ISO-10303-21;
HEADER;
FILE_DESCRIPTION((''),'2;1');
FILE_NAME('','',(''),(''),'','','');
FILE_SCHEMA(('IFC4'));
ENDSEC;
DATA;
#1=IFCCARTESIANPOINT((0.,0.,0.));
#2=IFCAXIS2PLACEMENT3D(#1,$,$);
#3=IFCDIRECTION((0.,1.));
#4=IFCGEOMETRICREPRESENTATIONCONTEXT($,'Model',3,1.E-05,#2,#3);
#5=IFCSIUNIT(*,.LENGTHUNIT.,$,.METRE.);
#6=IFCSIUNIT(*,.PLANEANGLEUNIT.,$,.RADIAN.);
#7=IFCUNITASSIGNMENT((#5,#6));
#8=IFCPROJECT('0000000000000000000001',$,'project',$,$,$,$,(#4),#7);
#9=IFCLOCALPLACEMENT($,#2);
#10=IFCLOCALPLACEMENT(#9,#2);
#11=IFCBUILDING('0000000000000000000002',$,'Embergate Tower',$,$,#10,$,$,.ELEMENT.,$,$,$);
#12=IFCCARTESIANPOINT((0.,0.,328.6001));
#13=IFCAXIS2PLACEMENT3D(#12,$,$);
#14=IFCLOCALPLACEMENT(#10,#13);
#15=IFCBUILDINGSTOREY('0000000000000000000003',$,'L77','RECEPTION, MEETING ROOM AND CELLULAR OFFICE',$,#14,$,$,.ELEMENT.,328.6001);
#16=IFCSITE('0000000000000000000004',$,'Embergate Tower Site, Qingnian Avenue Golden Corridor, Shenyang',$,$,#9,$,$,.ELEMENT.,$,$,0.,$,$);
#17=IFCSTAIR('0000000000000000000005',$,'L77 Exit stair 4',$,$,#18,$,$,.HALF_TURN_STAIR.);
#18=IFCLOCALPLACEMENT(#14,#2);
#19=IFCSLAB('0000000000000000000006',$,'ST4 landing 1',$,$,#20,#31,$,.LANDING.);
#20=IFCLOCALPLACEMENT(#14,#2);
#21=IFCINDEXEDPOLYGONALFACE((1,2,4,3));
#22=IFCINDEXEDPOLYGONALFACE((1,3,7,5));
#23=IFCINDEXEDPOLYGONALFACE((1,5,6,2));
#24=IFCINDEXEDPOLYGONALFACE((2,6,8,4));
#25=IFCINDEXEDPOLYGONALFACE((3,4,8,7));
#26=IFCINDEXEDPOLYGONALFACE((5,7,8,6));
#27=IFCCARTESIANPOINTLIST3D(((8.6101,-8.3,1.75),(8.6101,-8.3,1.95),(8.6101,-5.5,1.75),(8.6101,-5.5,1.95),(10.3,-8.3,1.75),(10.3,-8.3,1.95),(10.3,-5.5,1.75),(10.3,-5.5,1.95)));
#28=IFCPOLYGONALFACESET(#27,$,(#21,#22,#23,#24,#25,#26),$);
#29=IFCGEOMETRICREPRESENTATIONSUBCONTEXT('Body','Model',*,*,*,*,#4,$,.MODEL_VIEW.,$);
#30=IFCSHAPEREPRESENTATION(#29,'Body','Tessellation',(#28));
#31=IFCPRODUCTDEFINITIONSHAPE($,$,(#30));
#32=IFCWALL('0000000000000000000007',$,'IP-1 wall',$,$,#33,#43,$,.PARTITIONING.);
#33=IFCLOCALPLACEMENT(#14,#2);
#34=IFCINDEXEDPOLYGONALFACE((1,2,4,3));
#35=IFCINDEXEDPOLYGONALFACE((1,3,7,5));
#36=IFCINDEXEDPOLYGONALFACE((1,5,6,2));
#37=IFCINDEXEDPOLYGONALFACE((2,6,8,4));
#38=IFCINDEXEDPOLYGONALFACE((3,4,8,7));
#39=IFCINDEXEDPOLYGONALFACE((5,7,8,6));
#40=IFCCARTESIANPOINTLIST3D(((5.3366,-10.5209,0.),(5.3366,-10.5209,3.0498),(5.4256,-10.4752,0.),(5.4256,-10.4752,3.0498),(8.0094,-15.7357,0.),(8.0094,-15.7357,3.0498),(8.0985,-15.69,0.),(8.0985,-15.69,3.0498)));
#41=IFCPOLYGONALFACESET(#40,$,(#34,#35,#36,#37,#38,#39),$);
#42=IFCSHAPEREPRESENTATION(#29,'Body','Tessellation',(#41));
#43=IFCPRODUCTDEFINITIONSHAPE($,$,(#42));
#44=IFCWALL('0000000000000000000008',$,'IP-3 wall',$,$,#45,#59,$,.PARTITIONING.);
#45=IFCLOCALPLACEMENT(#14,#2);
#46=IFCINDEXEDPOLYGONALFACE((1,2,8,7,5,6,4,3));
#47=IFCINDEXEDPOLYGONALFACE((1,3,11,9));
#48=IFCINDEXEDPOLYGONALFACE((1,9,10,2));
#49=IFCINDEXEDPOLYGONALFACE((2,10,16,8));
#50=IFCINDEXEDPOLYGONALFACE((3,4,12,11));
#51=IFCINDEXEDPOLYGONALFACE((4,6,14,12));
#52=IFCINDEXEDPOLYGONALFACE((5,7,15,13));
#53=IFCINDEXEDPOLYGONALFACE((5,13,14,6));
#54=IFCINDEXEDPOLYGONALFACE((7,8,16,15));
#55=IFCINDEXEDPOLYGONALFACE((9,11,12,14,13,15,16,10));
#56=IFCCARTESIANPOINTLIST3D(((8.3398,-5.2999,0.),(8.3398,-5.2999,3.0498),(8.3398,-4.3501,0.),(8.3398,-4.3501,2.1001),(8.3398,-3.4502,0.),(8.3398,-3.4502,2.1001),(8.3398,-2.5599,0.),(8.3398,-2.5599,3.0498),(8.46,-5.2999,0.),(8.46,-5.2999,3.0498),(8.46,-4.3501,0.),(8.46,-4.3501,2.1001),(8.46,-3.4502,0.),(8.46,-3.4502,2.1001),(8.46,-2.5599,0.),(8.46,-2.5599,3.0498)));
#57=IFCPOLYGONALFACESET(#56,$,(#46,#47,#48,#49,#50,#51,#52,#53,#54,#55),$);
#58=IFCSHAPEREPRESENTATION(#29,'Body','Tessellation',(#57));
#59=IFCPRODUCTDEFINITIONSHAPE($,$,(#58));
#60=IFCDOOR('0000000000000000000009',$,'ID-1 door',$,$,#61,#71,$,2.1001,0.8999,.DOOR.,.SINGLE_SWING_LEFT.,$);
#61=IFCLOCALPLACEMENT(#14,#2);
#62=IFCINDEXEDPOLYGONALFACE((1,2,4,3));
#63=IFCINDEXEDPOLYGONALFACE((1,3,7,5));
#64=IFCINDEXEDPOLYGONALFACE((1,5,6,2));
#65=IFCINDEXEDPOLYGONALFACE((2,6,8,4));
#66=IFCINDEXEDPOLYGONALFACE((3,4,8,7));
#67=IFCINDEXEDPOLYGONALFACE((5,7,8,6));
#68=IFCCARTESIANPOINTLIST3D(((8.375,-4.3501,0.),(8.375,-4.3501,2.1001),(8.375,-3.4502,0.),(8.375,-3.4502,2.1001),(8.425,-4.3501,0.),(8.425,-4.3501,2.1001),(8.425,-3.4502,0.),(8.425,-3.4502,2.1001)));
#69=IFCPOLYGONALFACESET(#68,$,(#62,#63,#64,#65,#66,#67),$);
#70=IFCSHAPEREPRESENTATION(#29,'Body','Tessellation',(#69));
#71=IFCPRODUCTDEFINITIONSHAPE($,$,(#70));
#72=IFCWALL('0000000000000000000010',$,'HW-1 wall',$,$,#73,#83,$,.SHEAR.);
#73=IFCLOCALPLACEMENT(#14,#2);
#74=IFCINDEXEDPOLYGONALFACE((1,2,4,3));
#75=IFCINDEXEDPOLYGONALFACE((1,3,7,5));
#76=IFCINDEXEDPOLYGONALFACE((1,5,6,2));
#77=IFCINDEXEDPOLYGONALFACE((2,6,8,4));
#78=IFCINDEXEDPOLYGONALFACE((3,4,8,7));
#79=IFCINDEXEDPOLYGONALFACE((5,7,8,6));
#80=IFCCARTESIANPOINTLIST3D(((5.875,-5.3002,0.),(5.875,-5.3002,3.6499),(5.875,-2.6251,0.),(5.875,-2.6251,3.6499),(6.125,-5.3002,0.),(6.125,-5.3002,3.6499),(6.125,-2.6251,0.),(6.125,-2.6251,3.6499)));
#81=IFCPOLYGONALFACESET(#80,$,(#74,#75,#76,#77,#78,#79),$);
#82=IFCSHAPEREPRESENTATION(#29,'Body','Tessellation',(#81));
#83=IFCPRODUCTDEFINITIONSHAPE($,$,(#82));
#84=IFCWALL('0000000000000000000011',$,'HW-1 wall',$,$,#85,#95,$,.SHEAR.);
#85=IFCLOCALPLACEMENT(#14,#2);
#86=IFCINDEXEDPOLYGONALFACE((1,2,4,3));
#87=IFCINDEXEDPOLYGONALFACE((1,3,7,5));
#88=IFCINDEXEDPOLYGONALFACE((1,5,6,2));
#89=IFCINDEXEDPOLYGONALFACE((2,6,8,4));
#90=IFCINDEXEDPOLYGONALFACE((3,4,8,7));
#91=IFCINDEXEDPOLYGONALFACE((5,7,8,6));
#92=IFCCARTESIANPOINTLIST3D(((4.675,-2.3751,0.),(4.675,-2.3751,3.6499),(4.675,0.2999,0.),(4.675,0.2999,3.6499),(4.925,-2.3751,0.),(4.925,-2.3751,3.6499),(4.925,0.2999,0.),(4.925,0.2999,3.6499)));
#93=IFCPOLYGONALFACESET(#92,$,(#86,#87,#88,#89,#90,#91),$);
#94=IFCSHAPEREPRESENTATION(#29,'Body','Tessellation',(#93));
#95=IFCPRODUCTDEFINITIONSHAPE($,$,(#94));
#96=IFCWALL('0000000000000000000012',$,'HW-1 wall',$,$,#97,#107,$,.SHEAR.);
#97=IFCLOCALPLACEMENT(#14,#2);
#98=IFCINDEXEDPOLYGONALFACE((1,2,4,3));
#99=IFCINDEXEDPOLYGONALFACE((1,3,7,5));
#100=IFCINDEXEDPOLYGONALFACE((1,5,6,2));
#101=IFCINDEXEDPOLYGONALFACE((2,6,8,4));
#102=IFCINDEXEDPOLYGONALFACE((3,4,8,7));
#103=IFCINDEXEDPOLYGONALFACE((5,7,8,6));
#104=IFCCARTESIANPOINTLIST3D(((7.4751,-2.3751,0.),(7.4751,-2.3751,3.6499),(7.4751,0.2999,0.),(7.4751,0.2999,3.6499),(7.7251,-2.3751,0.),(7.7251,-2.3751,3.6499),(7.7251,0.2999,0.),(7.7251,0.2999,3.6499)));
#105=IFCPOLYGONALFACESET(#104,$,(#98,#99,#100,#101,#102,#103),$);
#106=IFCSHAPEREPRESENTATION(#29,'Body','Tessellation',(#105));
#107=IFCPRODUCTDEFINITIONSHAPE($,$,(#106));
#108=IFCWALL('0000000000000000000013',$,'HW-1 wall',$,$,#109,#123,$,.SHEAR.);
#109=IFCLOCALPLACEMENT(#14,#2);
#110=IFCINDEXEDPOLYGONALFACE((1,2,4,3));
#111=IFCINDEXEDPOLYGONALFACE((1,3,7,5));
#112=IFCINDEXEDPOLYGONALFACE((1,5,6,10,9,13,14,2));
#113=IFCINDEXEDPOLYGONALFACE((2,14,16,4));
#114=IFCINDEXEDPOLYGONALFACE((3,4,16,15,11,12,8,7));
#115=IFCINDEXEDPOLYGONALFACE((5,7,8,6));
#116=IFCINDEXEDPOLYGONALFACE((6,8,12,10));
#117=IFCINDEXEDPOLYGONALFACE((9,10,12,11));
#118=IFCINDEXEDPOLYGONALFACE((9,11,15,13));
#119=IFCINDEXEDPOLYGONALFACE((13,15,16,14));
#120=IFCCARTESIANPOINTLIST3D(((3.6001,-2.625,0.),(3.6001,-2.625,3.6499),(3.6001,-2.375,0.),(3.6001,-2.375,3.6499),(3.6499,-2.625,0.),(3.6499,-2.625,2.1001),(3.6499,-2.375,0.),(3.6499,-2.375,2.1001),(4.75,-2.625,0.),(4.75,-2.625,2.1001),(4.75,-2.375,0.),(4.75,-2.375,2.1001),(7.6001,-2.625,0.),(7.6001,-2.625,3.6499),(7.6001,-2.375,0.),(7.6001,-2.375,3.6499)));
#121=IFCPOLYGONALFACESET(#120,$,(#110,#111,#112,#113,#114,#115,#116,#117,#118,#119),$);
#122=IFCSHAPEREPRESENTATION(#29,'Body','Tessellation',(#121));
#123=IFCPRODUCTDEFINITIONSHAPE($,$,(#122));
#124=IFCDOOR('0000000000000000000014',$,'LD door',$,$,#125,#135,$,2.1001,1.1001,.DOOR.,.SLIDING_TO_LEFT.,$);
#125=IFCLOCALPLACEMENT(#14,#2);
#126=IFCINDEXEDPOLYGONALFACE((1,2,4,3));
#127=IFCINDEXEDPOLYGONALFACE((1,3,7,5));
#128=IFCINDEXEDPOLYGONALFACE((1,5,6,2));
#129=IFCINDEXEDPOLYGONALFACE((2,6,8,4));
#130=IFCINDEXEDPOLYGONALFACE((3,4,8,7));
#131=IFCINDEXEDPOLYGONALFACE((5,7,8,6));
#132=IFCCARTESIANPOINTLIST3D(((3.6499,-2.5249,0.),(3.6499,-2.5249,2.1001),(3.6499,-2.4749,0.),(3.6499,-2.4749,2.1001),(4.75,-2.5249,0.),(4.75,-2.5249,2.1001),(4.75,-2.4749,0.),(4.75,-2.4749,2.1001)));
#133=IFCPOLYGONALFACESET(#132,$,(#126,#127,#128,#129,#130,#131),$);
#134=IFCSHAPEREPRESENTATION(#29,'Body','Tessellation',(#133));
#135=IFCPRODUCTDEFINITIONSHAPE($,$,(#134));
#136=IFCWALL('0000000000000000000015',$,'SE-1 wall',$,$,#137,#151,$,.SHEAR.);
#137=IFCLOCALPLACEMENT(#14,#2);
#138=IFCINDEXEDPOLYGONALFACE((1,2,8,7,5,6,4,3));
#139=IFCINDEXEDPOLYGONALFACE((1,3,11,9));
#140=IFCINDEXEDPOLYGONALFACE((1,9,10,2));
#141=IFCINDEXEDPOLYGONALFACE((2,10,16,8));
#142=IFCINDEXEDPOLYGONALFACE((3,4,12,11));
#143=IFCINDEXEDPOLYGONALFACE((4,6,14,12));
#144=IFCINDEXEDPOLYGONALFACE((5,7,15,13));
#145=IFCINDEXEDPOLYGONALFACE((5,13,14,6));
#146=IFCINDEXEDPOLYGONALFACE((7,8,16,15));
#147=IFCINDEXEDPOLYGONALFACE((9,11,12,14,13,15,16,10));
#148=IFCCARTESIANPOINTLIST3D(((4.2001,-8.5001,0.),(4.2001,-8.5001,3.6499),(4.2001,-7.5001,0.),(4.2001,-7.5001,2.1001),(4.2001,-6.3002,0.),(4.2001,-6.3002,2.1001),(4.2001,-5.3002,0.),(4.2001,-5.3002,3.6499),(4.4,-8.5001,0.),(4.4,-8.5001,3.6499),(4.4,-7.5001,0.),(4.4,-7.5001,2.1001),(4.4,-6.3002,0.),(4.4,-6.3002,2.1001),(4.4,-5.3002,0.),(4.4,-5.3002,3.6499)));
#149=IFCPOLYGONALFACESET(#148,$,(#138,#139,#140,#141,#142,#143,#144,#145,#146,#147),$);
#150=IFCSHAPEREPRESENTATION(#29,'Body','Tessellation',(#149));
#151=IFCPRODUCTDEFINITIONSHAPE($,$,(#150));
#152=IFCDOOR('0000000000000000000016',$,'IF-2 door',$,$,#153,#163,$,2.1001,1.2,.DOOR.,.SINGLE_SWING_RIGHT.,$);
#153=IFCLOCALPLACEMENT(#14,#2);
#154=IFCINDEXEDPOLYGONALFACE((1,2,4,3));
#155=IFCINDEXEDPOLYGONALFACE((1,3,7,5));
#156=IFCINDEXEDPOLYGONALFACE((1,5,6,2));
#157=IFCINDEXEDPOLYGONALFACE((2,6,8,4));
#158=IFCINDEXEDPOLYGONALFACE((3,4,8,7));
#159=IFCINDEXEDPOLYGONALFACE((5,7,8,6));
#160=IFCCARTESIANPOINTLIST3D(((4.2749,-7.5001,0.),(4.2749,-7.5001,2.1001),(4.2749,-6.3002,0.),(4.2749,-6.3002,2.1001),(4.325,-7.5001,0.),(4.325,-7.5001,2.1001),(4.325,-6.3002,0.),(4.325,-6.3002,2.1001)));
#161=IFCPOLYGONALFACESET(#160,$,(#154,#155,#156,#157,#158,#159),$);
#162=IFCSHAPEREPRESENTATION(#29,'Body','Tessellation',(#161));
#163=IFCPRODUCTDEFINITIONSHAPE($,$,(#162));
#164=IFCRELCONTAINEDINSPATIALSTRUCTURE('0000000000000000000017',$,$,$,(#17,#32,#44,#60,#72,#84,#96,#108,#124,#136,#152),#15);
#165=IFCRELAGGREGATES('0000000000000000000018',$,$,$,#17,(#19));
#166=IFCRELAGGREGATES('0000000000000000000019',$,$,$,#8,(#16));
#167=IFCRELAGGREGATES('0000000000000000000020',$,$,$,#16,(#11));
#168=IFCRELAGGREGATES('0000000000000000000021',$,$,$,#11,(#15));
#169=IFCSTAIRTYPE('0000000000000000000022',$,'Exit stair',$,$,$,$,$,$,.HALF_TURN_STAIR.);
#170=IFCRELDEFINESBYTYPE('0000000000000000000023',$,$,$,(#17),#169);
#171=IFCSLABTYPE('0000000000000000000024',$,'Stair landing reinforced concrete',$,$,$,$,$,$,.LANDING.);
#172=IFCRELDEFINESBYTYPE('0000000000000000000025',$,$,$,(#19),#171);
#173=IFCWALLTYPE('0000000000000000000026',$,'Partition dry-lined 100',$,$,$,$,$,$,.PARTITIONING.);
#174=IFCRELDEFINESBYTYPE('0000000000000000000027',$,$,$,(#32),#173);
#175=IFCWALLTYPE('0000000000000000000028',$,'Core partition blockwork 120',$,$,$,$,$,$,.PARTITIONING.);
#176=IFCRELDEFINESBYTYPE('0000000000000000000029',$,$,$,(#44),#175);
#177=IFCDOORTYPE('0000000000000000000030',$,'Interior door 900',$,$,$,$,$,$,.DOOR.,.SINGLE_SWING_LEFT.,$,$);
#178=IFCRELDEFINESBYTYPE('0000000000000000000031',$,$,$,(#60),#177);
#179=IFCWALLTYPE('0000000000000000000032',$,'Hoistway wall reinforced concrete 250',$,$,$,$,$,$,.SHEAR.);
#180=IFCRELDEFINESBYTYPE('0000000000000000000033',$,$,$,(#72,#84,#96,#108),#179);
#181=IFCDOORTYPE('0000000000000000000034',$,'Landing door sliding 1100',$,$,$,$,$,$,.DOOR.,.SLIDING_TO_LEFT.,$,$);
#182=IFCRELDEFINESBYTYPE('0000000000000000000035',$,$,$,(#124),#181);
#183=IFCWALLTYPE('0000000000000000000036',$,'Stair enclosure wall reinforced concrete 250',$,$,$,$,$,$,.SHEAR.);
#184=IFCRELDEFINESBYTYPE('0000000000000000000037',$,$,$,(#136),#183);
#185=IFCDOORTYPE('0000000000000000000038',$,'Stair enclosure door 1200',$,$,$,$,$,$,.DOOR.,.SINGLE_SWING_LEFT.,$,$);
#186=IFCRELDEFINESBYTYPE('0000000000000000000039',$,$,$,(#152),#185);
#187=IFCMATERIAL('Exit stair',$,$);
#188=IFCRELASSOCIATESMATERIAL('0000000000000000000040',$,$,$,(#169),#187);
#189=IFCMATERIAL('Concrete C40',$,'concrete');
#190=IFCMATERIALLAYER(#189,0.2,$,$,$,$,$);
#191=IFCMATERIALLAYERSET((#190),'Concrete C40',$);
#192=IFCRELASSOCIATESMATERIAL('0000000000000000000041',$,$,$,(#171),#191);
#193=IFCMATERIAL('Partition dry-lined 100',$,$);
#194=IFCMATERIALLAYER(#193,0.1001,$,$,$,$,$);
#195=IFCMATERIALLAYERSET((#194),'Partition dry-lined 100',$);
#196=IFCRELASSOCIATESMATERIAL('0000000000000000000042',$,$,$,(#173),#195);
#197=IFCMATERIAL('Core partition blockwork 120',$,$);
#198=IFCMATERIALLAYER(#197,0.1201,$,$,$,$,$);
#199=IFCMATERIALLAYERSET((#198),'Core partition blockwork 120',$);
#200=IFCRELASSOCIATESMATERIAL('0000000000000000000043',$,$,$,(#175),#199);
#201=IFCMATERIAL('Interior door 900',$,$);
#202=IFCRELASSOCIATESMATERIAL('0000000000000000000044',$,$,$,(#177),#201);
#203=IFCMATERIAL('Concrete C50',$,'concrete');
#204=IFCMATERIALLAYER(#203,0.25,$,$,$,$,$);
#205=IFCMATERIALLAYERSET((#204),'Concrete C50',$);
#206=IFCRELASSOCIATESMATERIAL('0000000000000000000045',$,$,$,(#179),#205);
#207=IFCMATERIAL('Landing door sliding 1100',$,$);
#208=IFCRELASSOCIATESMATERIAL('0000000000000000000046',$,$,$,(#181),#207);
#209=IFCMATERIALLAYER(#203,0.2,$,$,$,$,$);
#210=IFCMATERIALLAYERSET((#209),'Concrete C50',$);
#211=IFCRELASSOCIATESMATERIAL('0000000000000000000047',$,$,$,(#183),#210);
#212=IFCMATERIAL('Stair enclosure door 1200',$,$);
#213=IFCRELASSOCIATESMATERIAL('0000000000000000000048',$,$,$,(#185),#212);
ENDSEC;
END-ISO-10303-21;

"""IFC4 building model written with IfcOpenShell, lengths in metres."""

from ifc_helpers import new_model, si_unit, direction, frame, frame_2d, origin, place, context, subcontext, project, spatial, polyline, rectangle, outline, extrude, source, transform, mapped, material, layer, layer_set, type_object, element, fill, aggregate, save


model = new_model("IFC4")

# Units and contexts
model_context = context("Model", 3, precision=1e-05, world=origin(), true_north=direction((0.0, 1.0)))
body_context = subcontext(model_context, "Body", "Model", "MODEL_VIEW")
ifc_project = project(units=[si_unit("LENGTHUNIT", "METRE"), si_unit("PLANEANGLEUNIT", "RADIAN")], contexts=[model_context])

# Site, building, storey
site_placement = place(None, origin())
site = spatial("IfcSite", under=ifc_project, at=site_placement, Name="Embergate Tower Site, Qingnian Avenue Golden Corridor, Shenyang", CompositionType="ELEMENT", RefElevation=0.0)
building_placement = place(site_placement, origin())
building = spatial("IfcBuilding", under=site, at=building_placement, Name="Embergate Tower", CompositionType="ELEMENT")
storey_placement = place(building_placement, frame((0.0, 0.0, 328.6001)))
storey = spatial("IfcBuildingStorey", under=building, at=storey_placement, Name="L77", Description="RECEPTION, MEETING ROOM AND CELLULAR OFFICE", CompositionType="ELEMENT", Elevation=328.6001)

# Stair, slab
ifc_material_1 = material(Name="Exit stair")
stair_type = type_object("IfcStairType", Name="Exit stair", PredefinedType="HALF_TURN_STAIR", material=ifc_material_1)
stair_placement = place(storey_placement, origin())
stair = element("IfcStair", 1, at=stair_placement, inside=storey, type_object=stair_type, Name="L77 Exit stair 4", PredefinedType="HALF_TURN_STAIR")
ifc_material_2 = material(Name="Concrete C40", Category="concrete")
ifc_layer_1 = layer(ifc_material_2, 0.2)
ifc_layer_set_1 = layer_set([ifc_layer_1], Name="Concrete C40")
slab_type = type_object("IfcSlabType", Name="Stair landing reinforced concrete", PredefinedType="LANDING", material=ifc_layer_set_1)
shared_shape_1 = source(origin(), body_context, "Body", "SweptSolid", [
    extrude(outline(polyline([(0.0, 0.0), (1.6899, 0.0), (1.6899, 2.8), (0.0, 2.8), (0.0, 0.0)])), origin(), (0.0, 0.0, 1.0), 0.2),
])
slab_placement = place(storey_placement, frame((8.6101, -8.3, 1.75)))
slab = element("IfcSlab", 2, at=slab_placement, type_object=slab_type, Name="ST4 landing 1", PredefinedType="LANDING", context=body_context, shape_type="MappedRepresentation", body=[
    mapped(shared_shape_1, transform((0.0, 0.0, 0.0))),
])

# Wall
ifc_material_3 = material(Name="Partition dry-lined 100")
ifc_layer_2 = layer(ifc_material_3, 0.1001)
ifc_layer_set_2 = layer_set([ifc_layer_2], Name="Partition dry-lined 100")
wall_type_1 = type_object("IfcWallType", Name="Partition dry-lined 100", PredefinedType="PARTITIONING", material=ifc_layer_set_2)
shared_shape_2 = source(origin(), body_context, "Body", "SweptSolid", [
    extrude(rectangle(XDim=5.8599, YDim=0.1001, at=frame_2d((2.9299, 0.0))), origin(), (0.0, 0.0, 1.0), 3.0498),
])
wall_1_placement = place(storey_placement, frame((5.3811, -10.498, 0.0), z_axis=(0.0, 0.0, 1.0), x_axis=(0.456124, -0.889916, 0.0)))
element("IfcWall", 3, at=wall_1_placement, inside=storey, type_object=wall_type_1, Name="IP-1 wall", PredefinedType="PARTITIONING", context=body_context, shape_type="MappedRepresentation", body=[
    mapped(shared_shape_2, transform((0.0, 0.0, 0.0))),
])

# Wall, opening, door
ifc_material_4 = material(Name="Core partition blockwork 120")
ifc_layer_3 = layer(ifc_material_4, 0.1201)
ifc_layer_set_3 = layer_set([ifc_layer_3], Name="Core partition blockwork 120")
wall_type_2 = type_object("IfcWallType", Name="Core partition blockwork 120", PredefinedType="PARTITIONING", material=ifc_layer_set_3)
shared_shape_3 = source(origin(), body_context, "Body", "SweptSolid", [
    extrude(rectangle(XDim=2.74, YDim=0.1201, at=frame_2d((1.3701, 0.0))), origin(), (0.0, 0.0, 1.0), 3.0498),
])
wall_2_placement = place(storey_placement, frame((8.3999, -5.3, 0.0), z_axis=(0.0, 0.0, 1.0), x_axis=(0.0, 1.0, 0.0)))
wall_2 = element("IfcWall", 4, at=wall_2_placement, inside=storey, type_object=wall_type_2, Name="IP-3 wall", PredefinedType="PARTITIONING", context=body_context, shape_type="MappedRepresentation", body=[
    mapped(shared_shape_3, transform((0.0, 0.0, 0.0))),
])
shared_shape_4 = source(origin(), body_context, "Body", "SweptSolid", [
    extrude(rectangle(XDim=0.8999, YDim=2.1001, at=frame_2d((0.45, 1.05))), frame((0.0, 0.0701, 0.0), z_axis=(0.0, -1.0, 0.0), x_axis=(1.0, 0.0, 0.0)), (0.0, 0.0, 1.0), 0.1401),
])
opening_1_placement = place(wall_2_placement, frame((0.95, 0.0, 0.0)))
opening_1 = element("IfcOpeningElement", 5, at=opening_1_placement, cuts=wall_2, PredefinedType="OPENING", context=body_context, shape_type="MappedRepresentation", body=[
    mapped(shared_shape_4, transform((0.0, 0.0, 0.0))),
])
ifc_material_5 = material(Name="Interior door 900")
door_type_1 = type_object("IfcDoorType", Name="Interior door 900", OperationType="SINGLE_SWING_LEFT", PredefinedType="DOOR", material=ifc_material_5)
shared_shape_5 = source(origin(), body_context, "Body", "SweptSolid", [
    extrude(rectangle(XDim=0.8999, YDim=2.1001, at=frame_2d((0.45, 1.05))), frame((0.0, 0.0249, 0.0), z_axis=(0.0, -1.0, 0.0), x_axis=(1.0, 0.0, 0.0)), (0.0, 0.0, 1.0), 0.05),
])
door_1_placement = place(opening_1_placement, origin())
door_1 = element("IfcDoor", 6, at=door_1_placement, inside=storey, type_object=door_type_1, Name="ID-1 door", OperationType="SINGLE_SWING_LEFT", OverallHeight=2.1001, OverallWidth=0.8999, PredefinedType="DOOR", context=body_context, shape_type="MappedRepresentation", body=[
    mapped(shared_shape_5, transform((0.0, 0.0, 0.0))),
])
fill(opening_1, door_1)

# Walls
ifc_material_6 = material(Name="Concrete C50", Category="concrete")
ifc_layer_4 = layer(ifc_material_6, 0.25)
ifc_layer_set_4 = layer_set([ifc_layer_4], Name="Concrete C50")
wall_type_3 = type_object("IfcWallType", Name="Hoistway wall reinforced concrete 250", PredefinedType="SHEAR", material=ifc_layer_set_4)
shared_shape_6 = source(origin(), body_context, "Body", "SweptSolid", [
    extrude(rectangle(XDim=2.675, YDim=0.25, at=frame_2d((1.3374, 0.0))), origin(), (0.0, 0.0, 1.0), 3.6499),
])
for number, where, z_axis, x_axis, name in (
    (7, (6.0, -5.3, 0.0), (0.0, 0.0, 1.0), (0.0, 1.0, 0.0), "HW-1 wall"),
    (8, (4.8, -2.375, 0.0), (0.0, 0.0, 1.0), (0.0, 1.0, 0.0), "HW-1 wall"),
    (9, (7.6001, -2.375, 0.0), (0.0, 0.0, 1.0), (0.0, 1.0, 0.0), "HW-1 wall"),
):
    element("IfcWall", number, at=place(storey_placement, frame(where, z_axis=z_axis, x_axis=x_axis)), inside=storey, type_object=wall_type_3, Name=name, PredefinedType="SHEAR", context=body_context, shape_type="MappedRepresentation", body=[
        mapped(shared_shape_6, transform((0.0, 0.0, 0.0))),
    ])

# Walls, openings, doors
shared_shape_7 = source(origin(), body_context, "Body", "SweptSolid", [
    extrude(rectangle(XDim=4.0, YDim=0.25, at=frame_2d((2.0, 0.0))), origin(), (0.0, 0.0, 1.0), 3.6499),
])
wall_3_placement = place(storey_placement, frame((7.6001, -2.5, 0.0), z_axis=(0.0, 0.0, 1.0), x_axis=(-1.0, 0.0, 0.0)))
wall_3 = element("IfcWall", 10, at=wall_3_placement, inside=storey, type_object=wall_type_3, Name="HW-1 wall", PredefinedType="SHEAR", context=body_context, shape_type="MappedRepresentation", body=[
    mapped(shared_shape_7, transform((0.0, 0.0, 0.0))),
])
shared_shape_8 = source(origin(), body_context, "Body", "SweptSolid", [
    extrude(rectangle(XDim=1.1001, YDim=2.1001, at=frame_2d((0.55, 1.05))), frame((0.0, 0.135, 0.0), z_axis=(0.0, -1.0, 0.0), x_axis=(1.0, 0.0, 0.0)), (0.0, 0.0, 1.0), 0.27),
])
opening_2_placement = place(wall_3_placement, frame((2.8501, 0.0, 0.0)))
opening_2 = element("IfcOpeningElement", 11, at=opening_2_placement, cuts=wall_3, PredefinedType="OPENING", context=body_context, shape_type="MappedRepresentation", body=[
    mapped(shared_shape_8, transform((0.0, 0.0, 0.0))),
])
ifc_material_7 = material(Name="Landing door sliding 1100")
door_type_2 = type_object("IfcDoorType", Name="Landing door sliding 1100", OperationType="SLIDING_TO_LEFT", PredefinedType="DOOR", material=ifc_material_7)
shared_shape_9 = source(origin(), body_context, "Body", "SweptSolid", [
    extrude(rectangle(XDim=1.1001, YDim=2.1001, at=frame_2d((0.55, 1.05))), frame((0.0, 0.0249, 0.0), z_axis=(0.0, -1.0, 0.0), x_axis=(1.0, 0.0, 0.0)), (0.0, 0.0, 1.0), 0.05),
])
door_2_placement = place(opening_2_placement, origin())
door_2 = element("IfcDoor", 12, at=door_2_placement, inside=storey, type_object=door_type_2, Name="LD door", OperationType="SLIDING_TO_LEFT", OverallHeight=2.1001, OverallWidth=1.1001, PredefinedType="DOOR", context=body_context, shape_type="MappedRepresentation", body=[
    mapped(shared_shape_9, transform((0.0, 0.0, 0.0))),
])
fill(opening_2, door_2)
ifc_layer_5 = layer(ifc_material_6, 0.2)
ifc_layer_set_5 = layer_set([ifc_layer_5], Name="Concrete C50")
wall_type_4 = type_object("IfcWallType", Name="Stair enclosure wall reinforced concrete 250", PredefinedType="SHEAR", material=ifc_layer_set_5)
shared_shape_10 = source(origin(), body_context, "Body", "SweptSolid", [
    extrude(rectangle(XDim=3.2, YDim=0.2, at=frame_2d((1.6001, 0.0))), origin(), (0.0, 0.0, 1.0), 3.6499),
])
wall_4_placement = place(storey_placement, frame((4.3, -5.3, 0.0), z_axis=(0.0, 0.0, 1.0), x_axis=(0.0, -1.0, 0.0)))
wall_4 = element("IfcWall", 13, at=wall_4_placement, inside=storey, type_object=wall_type_4, Name="SE-1 wall", PredefinedType="SHEAR", context=body_context, shape_type="MappedRepresentation", body=[
    mapped(shared_shape_10, transform((0.0, 0.0, 0.0))),
])
shared_shape_11 = source(origin(), body_context, "Body", "SweptSolid", [
    extrude(rectangle(XDim=1.2, YDim=2.1001, at=frame_2d((0.6001, 1.05))), frame((0.0, 0.1099, 0.0), z_axis=(0.0, -1.0, 0.0), x_axis=(1.0, 0.0, 0.0)), (0.0, 0.0, 1.0), 0.22),
])
opening_3_placement = place(wall_4_placement, frame((1.0, 0.0, 0.0)))
opening_3 = element("IfcOpeningElement", 14, at=opening_3_placement, cuts=wall_4, PredefinedType="OPENING", context=body_context, shape_type="MappedRepresentation", body=[
    mapped(shared_shape_11, transform((0.0, 0.0, 0.0))),
])
ifc_material_8 = material(Name="Stair enclosure door 1200")
door_type_3 = type_object("IfcDoorType", Name="Stair enclosure door 1200", OperationType="SINGLE_SWING_LEFT", PredefinedType="DOOR", material=ifc_material_8)
shared_shape_12 = source(origin(), body_context, "Body", "SweptSolid", [
    extrude(rectangle(XDim=1.2, YDim=2.1001, at=frame_2d((0.6001, 1.05))), frame((0.0, 0.0249, 0.0), z_axis=(0.0, -1.0, 0.0), x_axis=(1.0, 0.0, 0.0)), (0.0, 0.0, 1.0), 0.05),
])
door_3_placement = place(opening_3_placement, origin())
door_3 = element("IfcDoor", 15, at=door_3_placement, inside=storey, type_object=door_type_3, Name="IF-2 door", OperationType="SINGLE_SWING_RIGHT", OverallHeight=2.1001, OverallWidth=1.2, PredefinedType="DOOR", context=body_context, shape_type="MappedRepresentation", body=[
    mapped(shared_shape_12, transform((0.0, 0.0, 0.0))),
])
fill(opening_3, door_3)

aggregate(stair, [slab])

save(model, "model.ifc")
